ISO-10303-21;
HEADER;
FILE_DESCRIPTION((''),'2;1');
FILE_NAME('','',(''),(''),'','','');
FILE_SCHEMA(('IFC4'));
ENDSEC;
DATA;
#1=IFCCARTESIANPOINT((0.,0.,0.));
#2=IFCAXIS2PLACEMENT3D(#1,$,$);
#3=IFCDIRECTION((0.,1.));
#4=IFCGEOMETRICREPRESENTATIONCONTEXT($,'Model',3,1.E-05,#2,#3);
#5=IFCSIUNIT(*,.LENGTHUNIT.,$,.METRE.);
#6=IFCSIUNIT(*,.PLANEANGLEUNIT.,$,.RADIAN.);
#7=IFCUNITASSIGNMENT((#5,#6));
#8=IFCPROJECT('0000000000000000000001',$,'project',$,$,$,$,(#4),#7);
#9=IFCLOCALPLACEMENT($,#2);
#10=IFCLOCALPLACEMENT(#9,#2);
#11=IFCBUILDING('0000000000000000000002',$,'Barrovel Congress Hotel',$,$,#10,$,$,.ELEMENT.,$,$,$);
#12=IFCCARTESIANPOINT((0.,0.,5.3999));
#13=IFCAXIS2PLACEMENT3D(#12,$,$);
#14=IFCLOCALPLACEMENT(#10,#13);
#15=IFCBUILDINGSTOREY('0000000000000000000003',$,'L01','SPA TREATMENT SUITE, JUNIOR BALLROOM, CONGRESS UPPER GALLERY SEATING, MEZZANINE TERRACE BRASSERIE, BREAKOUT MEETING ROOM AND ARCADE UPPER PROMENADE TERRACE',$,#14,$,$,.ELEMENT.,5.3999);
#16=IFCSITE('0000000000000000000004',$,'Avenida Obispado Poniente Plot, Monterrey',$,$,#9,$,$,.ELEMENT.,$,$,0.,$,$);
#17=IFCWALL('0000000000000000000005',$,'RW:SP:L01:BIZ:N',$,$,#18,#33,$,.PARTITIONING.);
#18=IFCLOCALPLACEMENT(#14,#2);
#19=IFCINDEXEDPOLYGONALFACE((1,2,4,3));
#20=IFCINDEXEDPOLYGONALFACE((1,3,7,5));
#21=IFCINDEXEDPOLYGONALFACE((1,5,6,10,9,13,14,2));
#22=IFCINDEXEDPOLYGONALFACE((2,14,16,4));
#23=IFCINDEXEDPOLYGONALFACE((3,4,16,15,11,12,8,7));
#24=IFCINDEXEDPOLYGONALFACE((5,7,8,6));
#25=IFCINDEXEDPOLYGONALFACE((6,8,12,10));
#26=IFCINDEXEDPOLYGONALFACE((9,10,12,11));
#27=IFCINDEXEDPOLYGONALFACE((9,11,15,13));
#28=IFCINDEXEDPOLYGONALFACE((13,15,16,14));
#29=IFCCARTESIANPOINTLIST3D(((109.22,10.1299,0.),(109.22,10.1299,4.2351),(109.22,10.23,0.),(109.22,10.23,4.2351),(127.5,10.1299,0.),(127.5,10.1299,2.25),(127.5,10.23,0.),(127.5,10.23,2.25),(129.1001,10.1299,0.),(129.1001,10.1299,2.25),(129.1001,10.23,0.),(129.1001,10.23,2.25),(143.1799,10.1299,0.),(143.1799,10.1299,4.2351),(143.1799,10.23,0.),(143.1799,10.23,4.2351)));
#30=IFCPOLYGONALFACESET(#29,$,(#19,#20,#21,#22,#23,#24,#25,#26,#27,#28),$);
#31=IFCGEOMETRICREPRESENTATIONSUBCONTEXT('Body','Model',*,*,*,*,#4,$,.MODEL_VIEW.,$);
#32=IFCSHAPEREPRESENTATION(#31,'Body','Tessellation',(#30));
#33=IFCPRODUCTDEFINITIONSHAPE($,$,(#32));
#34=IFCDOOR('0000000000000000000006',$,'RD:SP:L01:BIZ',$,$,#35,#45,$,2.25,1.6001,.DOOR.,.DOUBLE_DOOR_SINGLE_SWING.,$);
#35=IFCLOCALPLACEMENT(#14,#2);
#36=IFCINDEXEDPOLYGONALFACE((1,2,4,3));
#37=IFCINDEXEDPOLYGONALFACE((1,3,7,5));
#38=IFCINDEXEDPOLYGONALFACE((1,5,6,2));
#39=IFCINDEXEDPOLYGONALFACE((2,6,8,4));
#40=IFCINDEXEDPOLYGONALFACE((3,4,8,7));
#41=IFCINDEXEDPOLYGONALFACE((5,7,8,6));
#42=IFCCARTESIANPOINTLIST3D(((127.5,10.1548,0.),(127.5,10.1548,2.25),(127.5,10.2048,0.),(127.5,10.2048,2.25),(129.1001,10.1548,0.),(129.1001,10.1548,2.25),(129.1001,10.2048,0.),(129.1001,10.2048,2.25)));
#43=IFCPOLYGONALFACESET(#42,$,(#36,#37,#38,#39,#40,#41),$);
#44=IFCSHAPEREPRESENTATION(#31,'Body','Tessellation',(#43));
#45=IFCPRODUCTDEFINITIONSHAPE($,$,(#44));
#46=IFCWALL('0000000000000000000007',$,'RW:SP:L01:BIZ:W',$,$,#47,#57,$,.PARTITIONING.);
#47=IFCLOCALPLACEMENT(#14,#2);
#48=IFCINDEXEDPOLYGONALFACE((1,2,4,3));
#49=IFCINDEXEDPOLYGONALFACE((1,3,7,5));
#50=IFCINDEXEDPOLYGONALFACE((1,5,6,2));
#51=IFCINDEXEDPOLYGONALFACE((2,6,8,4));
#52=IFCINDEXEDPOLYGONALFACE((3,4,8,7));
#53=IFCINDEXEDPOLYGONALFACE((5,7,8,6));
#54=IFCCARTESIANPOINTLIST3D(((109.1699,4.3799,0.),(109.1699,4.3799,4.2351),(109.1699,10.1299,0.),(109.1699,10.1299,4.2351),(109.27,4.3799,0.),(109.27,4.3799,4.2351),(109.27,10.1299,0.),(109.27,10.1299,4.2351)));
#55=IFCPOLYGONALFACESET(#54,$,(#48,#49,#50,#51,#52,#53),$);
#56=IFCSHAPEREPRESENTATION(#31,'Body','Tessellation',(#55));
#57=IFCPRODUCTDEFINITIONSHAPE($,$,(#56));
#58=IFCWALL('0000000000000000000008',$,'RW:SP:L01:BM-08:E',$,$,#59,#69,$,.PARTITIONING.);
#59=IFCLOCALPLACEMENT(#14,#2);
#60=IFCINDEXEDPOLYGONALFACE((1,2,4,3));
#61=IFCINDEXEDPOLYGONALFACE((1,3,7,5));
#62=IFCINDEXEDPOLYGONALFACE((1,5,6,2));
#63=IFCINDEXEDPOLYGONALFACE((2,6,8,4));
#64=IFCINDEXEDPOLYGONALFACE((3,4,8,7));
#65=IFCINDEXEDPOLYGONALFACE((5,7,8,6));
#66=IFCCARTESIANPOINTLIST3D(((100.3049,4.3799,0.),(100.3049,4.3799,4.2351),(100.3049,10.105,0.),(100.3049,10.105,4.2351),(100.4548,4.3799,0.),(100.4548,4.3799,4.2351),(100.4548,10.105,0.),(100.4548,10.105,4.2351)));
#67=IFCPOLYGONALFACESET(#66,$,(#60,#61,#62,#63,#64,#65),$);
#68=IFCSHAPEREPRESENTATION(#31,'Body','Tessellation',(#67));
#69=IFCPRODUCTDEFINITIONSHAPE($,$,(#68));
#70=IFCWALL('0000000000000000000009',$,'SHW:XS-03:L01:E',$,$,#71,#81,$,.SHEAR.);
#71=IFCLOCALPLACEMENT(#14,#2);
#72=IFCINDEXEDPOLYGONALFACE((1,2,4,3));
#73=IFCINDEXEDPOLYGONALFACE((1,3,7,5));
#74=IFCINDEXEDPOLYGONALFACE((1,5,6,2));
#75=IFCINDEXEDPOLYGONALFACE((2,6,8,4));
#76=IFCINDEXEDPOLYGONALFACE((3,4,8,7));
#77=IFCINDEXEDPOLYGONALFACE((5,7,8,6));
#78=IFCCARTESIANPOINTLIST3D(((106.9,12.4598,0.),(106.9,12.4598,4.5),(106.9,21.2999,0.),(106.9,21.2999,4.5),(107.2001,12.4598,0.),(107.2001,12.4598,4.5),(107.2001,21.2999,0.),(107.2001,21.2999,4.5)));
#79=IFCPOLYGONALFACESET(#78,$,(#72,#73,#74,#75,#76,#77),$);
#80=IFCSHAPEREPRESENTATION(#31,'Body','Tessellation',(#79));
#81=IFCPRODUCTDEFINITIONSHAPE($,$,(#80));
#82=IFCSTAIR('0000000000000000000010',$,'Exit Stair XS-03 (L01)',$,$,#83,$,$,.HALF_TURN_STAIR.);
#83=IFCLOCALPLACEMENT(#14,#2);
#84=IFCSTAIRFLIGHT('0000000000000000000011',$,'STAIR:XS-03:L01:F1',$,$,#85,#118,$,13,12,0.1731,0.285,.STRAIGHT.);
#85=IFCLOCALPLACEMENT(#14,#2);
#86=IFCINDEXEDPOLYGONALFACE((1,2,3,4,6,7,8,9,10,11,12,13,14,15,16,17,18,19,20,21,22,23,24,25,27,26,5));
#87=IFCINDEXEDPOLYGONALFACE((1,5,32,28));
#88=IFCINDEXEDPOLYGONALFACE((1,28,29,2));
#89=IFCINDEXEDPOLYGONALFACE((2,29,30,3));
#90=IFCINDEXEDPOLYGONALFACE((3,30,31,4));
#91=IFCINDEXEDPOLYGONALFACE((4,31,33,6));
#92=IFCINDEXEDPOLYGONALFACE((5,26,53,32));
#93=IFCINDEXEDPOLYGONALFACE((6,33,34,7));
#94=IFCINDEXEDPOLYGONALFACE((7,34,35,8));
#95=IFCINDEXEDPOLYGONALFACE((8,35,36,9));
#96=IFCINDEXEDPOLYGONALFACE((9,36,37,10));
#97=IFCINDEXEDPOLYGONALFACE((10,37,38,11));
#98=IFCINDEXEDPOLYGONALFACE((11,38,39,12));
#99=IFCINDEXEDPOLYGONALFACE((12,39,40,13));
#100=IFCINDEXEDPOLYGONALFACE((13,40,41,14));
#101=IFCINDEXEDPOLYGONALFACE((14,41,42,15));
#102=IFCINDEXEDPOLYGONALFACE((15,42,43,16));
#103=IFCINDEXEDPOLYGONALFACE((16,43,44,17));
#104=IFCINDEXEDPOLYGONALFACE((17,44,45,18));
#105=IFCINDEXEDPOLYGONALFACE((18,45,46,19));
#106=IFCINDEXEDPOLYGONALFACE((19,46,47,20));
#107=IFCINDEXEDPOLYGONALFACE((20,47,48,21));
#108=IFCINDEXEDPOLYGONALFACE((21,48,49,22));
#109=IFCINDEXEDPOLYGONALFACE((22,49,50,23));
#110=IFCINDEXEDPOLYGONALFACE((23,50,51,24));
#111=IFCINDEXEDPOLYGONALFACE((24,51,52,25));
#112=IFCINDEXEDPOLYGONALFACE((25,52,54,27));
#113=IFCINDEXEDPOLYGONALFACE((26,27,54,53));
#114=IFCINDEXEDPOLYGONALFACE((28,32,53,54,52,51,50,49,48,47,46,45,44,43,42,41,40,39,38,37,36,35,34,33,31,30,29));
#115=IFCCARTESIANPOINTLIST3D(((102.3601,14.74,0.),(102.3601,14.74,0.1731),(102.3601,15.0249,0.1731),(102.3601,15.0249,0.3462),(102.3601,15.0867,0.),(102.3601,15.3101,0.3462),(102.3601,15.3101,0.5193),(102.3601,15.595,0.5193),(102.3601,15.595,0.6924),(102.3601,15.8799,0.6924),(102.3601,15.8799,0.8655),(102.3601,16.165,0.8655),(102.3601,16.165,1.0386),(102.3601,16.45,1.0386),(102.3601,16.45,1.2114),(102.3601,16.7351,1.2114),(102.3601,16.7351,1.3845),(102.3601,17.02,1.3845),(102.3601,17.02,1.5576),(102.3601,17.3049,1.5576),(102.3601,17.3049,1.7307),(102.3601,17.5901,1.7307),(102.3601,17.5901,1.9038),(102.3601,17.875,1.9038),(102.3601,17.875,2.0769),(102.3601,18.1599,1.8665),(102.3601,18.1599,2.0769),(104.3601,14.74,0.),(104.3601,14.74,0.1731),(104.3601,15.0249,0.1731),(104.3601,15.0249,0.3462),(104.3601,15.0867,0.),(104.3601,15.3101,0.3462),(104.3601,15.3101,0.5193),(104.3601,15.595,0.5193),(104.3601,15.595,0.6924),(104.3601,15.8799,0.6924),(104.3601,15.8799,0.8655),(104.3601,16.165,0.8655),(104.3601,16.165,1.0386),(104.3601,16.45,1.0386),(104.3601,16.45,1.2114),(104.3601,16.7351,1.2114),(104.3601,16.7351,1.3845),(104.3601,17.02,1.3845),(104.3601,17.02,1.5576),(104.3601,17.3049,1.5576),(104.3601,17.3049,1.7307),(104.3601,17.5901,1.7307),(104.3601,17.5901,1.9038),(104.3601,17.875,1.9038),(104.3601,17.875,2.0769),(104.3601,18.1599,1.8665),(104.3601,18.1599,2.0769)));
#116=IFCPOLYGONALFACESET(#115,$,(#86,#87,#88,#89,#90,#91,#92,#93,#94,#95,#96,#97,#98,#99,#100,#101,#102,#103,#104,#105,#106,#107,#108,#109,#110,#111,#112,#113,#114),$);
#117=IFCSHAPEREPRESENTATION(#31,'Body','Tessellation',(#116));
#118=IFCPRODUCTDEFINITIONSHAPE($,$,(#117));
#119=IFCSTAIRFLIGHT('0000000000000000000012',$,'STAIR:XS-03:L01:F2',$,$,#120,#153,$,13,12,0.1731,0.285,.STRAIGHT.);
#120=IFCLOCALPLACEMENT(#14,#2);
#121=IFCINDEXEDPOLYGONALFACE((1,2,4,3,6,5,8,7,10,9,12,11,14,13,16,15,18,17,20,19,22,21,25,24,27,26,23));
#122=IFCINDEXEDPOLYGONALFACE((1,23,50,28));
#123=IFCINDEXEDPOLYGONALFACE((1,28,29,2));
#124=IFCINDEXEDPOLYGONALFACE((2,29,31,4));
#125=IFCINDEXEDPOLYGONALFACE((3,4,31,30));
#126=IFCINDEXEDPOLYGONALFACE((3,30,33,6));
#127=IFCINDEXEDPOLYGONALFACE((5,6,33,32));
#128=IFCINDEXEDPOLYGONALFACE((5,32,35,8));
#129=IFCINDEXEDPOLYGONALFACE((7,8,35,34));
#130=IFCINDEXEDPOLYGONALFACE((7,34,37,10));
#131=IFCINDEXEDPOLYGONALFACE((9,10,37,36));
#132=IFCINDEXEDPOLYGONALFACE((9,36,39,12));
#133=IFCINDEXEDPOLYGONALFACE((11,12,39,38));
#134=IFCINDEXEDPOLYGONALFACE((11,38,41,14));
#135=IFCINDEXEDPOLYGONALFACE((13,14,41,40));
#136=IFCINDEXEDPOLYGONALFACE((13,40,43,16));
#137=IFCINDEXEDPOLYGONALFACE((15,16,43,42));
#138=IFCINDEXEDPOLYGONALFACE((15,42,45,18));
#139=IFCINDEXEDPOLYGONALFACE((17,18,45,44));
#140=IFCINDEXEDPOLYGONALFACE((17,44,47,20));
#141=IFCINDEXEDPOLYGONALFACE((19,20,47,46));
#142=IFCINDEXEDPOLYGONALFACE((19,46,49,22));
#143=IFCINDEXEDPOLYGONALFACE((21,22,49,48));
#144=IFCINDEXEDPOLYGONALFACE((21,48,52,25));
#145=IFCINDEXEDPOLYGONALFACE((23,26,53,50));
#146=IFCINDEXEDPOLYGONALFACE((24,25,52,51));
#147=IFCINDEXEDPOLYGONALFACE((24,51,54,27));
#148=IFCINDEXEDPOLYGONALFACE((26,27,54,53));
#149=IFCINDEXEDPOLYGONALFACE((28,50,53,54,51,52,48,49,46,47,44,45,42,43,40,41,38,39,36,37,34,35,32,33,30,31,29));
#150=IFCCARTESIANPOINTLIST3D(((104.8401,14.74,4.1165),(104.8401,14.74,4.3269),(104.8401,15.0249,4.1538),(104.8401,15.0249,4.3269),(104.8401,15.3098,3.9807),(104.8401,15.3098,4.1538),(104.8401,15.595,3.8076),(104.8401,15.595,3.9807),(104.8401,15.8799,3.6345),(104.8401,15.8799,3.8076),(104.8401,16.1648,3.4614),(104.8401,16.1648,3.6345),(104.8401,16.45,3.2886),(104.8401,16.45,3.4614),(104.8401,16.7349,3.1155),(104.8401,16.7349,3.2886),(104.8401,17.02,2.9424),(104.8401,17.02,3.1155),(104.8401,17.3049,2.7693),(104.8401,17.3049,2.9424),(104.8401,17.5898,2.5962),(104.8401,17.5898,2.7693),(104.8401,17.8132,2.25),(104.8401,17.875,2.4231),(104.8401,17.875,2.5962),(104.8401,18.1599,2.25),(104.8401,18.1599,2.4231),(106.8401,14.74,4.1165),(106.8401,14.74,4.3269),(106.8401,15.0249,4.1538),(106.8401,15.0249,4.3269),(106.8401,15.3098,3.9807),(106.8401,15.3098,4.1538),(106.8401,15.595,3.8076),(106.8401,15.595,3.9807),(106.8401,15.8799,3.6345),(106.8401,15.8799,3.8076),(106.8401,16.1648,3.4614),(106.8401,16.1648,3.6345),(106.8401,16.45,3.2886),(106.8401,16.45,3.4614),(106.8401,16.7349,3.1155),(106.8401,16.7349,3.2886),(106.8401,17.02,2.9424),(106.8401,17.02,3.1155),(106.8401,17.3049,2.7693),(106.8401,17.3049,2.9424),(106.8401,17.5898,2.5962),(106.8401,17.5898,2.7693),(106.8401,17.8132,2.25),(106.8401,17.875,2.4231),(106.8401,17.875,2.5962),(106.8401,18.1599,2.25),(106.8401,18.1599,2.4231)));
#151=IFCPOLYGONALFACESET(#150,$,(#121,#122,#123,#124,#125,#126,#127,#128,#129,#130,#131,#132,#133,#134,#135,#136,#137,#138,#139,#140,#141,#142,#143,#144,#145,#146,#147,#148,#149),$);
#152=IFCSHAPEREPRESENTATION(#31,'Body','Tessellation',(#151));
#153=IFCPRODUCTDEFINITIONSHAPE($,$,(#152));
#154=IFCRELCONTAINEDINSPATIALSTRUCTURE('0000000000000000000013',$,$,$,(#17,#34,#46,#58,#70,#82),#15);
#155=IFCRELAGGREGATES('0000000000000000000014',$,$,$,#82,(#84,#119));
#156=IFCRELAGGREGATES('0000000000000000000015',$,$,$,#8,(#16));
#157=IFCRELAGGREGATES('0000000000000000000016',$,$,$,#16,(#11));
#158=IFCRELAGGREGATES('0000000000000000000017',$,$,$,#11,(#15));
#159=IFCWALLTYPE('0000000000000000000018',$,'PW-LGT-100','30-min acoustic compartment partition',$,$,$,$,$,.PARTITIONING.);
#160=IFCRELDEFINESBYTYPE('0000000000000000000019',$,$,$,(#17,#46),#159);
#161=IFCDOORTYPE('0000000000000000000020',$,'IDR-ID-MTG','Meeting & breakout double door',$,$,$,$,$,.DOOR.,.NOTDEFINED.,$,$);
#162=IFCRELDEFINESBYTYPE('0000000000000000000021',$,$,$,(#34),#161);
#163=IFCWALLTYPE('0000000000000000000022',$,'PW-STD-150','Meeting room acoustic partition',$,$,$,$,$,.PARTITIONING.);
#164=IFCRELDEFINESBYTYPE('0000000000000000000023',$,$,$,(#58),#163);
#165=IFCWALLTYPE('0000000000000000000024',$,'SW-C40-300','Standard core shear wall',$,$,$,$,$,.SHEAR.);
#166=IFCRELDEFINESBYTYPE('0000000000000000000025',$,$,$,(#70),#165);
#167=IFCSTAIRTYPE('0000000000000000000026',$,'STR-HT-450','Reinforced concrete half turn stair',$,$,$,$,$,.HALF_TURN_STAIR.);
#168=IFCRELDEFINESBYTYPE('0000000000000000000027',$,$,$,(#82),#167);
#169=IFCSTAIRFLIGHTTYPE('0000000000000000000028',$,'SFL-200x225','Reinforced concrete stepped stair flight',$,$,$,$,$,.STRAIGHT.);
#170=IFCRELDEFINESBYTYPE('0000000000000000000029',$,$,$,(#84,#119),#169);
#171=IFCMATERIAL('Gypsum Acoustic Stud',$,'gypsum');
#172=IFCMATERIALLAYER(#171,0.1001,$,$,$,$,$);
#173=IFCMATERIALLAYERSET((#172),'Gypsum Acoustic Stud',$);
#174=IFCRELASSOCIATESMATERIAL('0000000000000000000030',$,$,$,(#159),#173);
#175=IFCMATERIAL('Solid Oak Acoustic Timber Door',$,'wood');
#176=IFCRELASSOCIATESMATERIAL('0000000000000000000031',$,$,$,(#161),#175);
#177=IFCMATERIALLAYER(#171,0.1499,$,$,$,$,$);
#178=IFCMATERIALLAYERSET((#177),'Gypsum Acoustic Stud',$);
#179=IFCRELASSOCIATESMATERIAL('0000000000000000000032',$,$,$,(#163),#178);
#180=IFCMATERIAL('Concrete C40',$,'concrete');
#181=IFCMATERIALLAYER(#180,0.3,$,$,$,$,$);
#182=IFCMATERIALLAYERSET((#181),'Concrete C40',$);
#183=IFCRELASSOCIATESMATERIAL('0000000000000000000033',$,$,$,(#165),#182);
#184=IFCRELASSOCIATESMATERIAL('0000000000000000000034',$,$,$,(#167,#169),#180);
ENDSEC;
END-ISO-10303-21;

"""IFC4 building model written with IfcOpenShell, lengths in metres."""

from ifc_helpers import new_model, si_unit, direction, frame, frame_2d, origin, place, context, subcontext, project, spatial, polyline, rectangle, outline, extrude, material, layer, layer_set, type_object, element, fill, aggregate, save


model = new_model("IFC4")

# Units and contexts
model_context = context("Model", 3, precision=1e-05, world=origin(), true_north=direction((0.0, 1.0)))
body_context = subcontext(model_context, "Body", "Model", "MODEL_VIEW")
ifc_project = project(units=[si_unit("LENGTHUNIT", "METRE"), si_unit("PLANEANGLEUNIT", "RADIAN")], contexts=[model_context])

# Site, building, storey
site_placement = place(None, origin())
site = spatial("IfcSite", under=ifc_project, at=site_placement, Name="Avenida Obispado Poniente Plot, Monterrey", CompositionType="ELEMENT", RefElevation=0.0)
building_placement = place(site_placement, origin())
building = spatial("IfcBuilding", under=site, at=building_placement, Name="Barrovel Congress Hotel", CompositionType="ELEMENT")
storey_placement = place(building_placement, frame((0.0, 0.0, 5.3999)))
storey = spatial("IfcBuildingStorey", under=building, at=storey_placement, Name="L01", Description="SPA TREATMENT SUITE, JUNIOR BALLROOM, CONGRESS UPPER GALLERY SEATING, MEZZANINE TERRACE BRASSERIE, BREAKOUT MEETING ROOM AND ARCADE UPPER PROMENADE TERRACE", CompositionType="ELEMENT", Elevation=5.3999)

# Shared definitions
ifc_material_1 = material(Name="Concrete C40", Category="concrete")

# Shared definitions
ifc_material_2 = material(Name="Gypsum Acoustic Stud", Category="gypsum")

# Wall, opening, door
ifc_layer_1 = layer(ifc_material_2, 0.1001)
ifc_layer_set_1 = layer_set([ifc_layer_1], Name="Gypsum Acoustic Stud")
wall_type_1 = type_object("IfcWallType", Name="PW-LGT-100", Description="30-min acoustic compartment partition", PredefinedType="PARTITIONING", material=ifc_layer_set_1)
wall_1_placement = place(storey_placement, frame((109.22, 10.1799, 0.0), z_axis=(0.0, 0.0, 1.0), x_axis=(1.0, 0.0, 0.0)))
wall_1 = element("IfcWall", 1, at=wall_1_placement, inside=storey, type_object=wall_type_1, Name="RW:SP:L01:BIZ:N", PredefinedType="PARTITIONING", context=body_context, shape_type="SweptSolid", body=[
    extrude(rectangle(XDim=33.96, YDim=0.1001, at=frame_2d((16.98, 0.0))), origin(), (0.0, 0.0, 1.0), 4.2351),
])
opening_1_placement = place(wall_1_placement, frame((18.28, 0.0, 0.0)))
opening_1 = element("IfcOpeningElement", 2, at=opening_1_placement, cuts=wall_1, PredefinedType="OPENING", context=body_context, shape_type="SweptSolid", body=[
    extrude(rectangle(XDim=1.6001, YDim=2.25, at=frame_2d((0.8, 1.125))), frame((0.0, 0.0601, 0.0), z_axis=(0.0, -1.0, 0.0), x_axis=(1.0, 0.0, 0.0)), (0.0, 0.0, 1.0), 0.1201),
])
ifc_material_3 = material(Name="Solid Oak Acoustic Timber Door", Category="wood")
door_type_1 = type_object("IfcDoorType", Name="IDR-ID-MTG", Description="Meeting & breakout double door", OperationType="NOTDEFINED", PredefinedType="DOOR", material=ifc_material_3)
door_1_placement = place(opening_1_placement, origin())
door_1 = element("IfcDoor", 3, at=door_1_placement, inside=storey, type_object=door_type_1, Name="RD:SP:L01:BIZ", OperationType="DOUBLE_DOOR_SINGLE_SWING", OverallHeight=2.25, OverallWidth=1.6001, PredefinedType="DOOR", context=body_context, shape_type="SweptSolid", body=[
    extrude(rectangle(XDim=1.6001, YDim=2.25, at=frame_2d((0.8, 1.125))), frame((0.0, 0.0249, 0.0), z_axis=(0.0, -1.0, 0.0), x_axis=(1.0, 0.0, 0.0)), (0.0, 0.0, 1.0), 0.05),
])
fill(opening_1, door_1)

# Walls
wall_2_placement = place(storey_placement, frame((109.22, 4.3799, 0.0), z_axis=(0.0, 0.0, 1.0), x_axis=(0.0, 1.0, 0.0)))
element("IfcWall", 4, at=wall_2_placement, inside=storey, type_object=wall_type_1, Name="RW:SP:L01:BIZ:W", PredefinedType="PARTITIONING", context=body_context, shape_type="SweptSolid", body=[
    extrude(rectangle(XDim=5.75, YDim=0.1001, at=frame_2d((2.875, 0.0))), origin(), (0.0, 0.0, 1.0), 4.2351),
])
ifc_layer_2 = layer(ifc_material_2, 0.1499)
ifc_layer_set_2 = layer_set([ifc_layer_2], Name="Gypsum Acoustic Stud")
wall_type_2 = type_object("IfcWallType", Name="PW-STD-150", Description="Meeting room acoustic partition", PredefinedType="PARTITIONING", material=ifc_layer_set_2)
wall_3_placement = place(storey_placement, frame((100.3799, 4.3799, 0.0), z_axis=(0.0, 0.0, 1.0), x_axis=(0.0, 1.0, 0.0)))
element("IfcWall", 5, at=wall_3_placement, inside=storey, type_object=wall_type_2, Name="RW:SP:L01:BM-08:E", PredefinedType="PARTITIONING", context=body_context, shape_type="SweptSolid", body=[
    extrude(rectangle(XDim=5.7251, YDim=0.1499, at=frame_2d((2.8625, 0.0))), origin(), (0.0, 0.0, 1.0), 4.2351),
])

# Shared definitions
ifc_layer_3 = layer(ifc_material_1, 0.3)
ifc_layer_set_3 = layer_set([ifc_layer_3], Name="Concrete C40")
wall_type_3 = type_object("IfcWallType", Name="SW-C40-300", Description="Standard core shear wall", PredefinedType="SHEAR", material=ifc_layer_set_3)

# Wall
wall_4_placement = place(storey_placement, frame((107.05, 12.46, 0.0), z_axis=(0.0, 0.0, 1.0), x_axis=(0.0, 1.0, 0.0)))
element("IfcWall", 6, at=wall_4_placement, inside=storey, type_object=wall_type_3, Name="SHW:XS-03:L01:E", PredefinedType="SHEAR", context=body_context, shape_type="SweptSolid", body=[
    extrude(rectangle(XDim=8.8401, YDim=0.3, at=frame_2d((4.4199, 0.0))), origin(), (0.0, 0.0, 1.0), 4.5),
])

# Stair, stair flights
stair_type = type_object("IfcStairType", Name="STR-HT-450", Description="Reinforced concrete half turn stair", PredefinedType="HALF_TURN_STAIR", material=ifc_material_1)
stair_placement = place(storey_placement, origin())
stair = element("IfcStair", 7, at=stair_placement, inside=storey, type_object=stair_type, Name="Exit Stair XS-03 (L01)", PredefinedType="HALF_TURN_STAIR")
stair_flight_type = type_object("IfcStairFlightType", Name="SFL-200x225", Description="Reinforced concrete stepped stair flight", PredefinedType="STRAIGHT", material=ifc_material_1)
stair_flight_1_placement = place(storey_placement, frame((103.3601, 14.74, 0.0), z_axis=(0.0, 0.0, 1.0), x_axis=(0.0, 1.0, 0.0)))
stair_flight_1 = element("IfcStairFlight", 8, at=stair_flight_1_placement, type_object=stair_flight_type, Name="STAIR:XS-03:L01:F1", NumberOfRisers=13, NumberOfTreads=12, PredefinedType="STRAIGHT", RiserHeight=0.1731, TreadLength=0.285, context=body_context, shape_type="SweptSolid", body=[
    extrude(outline(polyline([(0.0, 0.0), (0.0, 0.1731), (0.2849, 0.1731), (0.2849, 0.3462), (0.5701, 0.3462), (0.5701, 0.5193), (0.855, 0.5193), (0.855, 0.6924), (1.1399, 0.6924), (1.1399, 0.8655), (1.425, 0.8655), (1.425, 1.0386), (1.71, 1.0386), (1.71, 1.2114), (1.9951, 1.2114), (1.9951, 1.3845), (2.28, 1.3845), (2.28, 1.5576), (2.5649, 1.5576), (2.5649, 1.7307), (2.8501, 1.7307), (2.8501, 1.9038), (3.135, 1.9038), (3.135, 2.0769), (3.4199, 2.0769), (3.4199, 2.25), (3.4199, 1.8665), (0.3467, 0.0), (0.0, 0.0)])), frame((0.0, 1.0, 0.0), z_axis=(0.0, -1.0, 0.0), x_axis=(1.0, 0.0, 0.0)), (0.0, 0.0, 1.0), 2.0),
])
stair_flight_2_placement = place(storey_placement, frame((105.8401, 18.1599, 2.25), z_axis=(0.0, 0.0, 1.0), x_axis=(0.0, -1.0, 0.0)))
stair_flight_2 = element("IfcStairFlight", 9, at=stair_flight_2_placement, type_object=stair_flight_type, Name="STAIR:XS-03:L01:F2", NumberOfRisers=13, NumberOfTreads=12, PredefinedType="STRAIGHT", RiserHeight=0.1731, TreadLength=0.285, context=body_context, shape_type="SweptSolid", body=[
    extrude(outline(polyline([(0.0, 0.0), (0.0, 0.1731), (0.2849, 0.1731), (0.2849, 0.3462), (0.5701, 0.3462), (0.5701, 0.5193), (0.855, 0.5193), (0.855, 0.6924), (1.1399, 0.6924), (1.1399, 0.8655), (1.425, 0.8655), (1.425, 1.0386), (1.71, 1.0386), (1.71, 1.2114), (1.9951, 1.2114), (1.9951, 1.3845), (2.28, 1.3845), (2.28, 1.5576), (2.5649, 1.5576), (2.5649, 1.7307), (2.8501, 1.7307), (2.8501, 1.9038), (3.135, 1.9038), (3.135, 2.0769), (3.4199, 2.0769), (3.4199, 2.25), (3.4199, 1.8665), (0.3467, 0.0), (0.0, 0.0)])), frame((0.0, 1.0, 0.0), z_axis=(0.0, -1.0, 0.0), x_axis=(1.0, 0.0, 0.0)), (0.0, 0.0, 1.0), 2.0),
])
aggregate(stair, [stair_flight_1, stair_flight_2])

save(model, "model.ifc")
